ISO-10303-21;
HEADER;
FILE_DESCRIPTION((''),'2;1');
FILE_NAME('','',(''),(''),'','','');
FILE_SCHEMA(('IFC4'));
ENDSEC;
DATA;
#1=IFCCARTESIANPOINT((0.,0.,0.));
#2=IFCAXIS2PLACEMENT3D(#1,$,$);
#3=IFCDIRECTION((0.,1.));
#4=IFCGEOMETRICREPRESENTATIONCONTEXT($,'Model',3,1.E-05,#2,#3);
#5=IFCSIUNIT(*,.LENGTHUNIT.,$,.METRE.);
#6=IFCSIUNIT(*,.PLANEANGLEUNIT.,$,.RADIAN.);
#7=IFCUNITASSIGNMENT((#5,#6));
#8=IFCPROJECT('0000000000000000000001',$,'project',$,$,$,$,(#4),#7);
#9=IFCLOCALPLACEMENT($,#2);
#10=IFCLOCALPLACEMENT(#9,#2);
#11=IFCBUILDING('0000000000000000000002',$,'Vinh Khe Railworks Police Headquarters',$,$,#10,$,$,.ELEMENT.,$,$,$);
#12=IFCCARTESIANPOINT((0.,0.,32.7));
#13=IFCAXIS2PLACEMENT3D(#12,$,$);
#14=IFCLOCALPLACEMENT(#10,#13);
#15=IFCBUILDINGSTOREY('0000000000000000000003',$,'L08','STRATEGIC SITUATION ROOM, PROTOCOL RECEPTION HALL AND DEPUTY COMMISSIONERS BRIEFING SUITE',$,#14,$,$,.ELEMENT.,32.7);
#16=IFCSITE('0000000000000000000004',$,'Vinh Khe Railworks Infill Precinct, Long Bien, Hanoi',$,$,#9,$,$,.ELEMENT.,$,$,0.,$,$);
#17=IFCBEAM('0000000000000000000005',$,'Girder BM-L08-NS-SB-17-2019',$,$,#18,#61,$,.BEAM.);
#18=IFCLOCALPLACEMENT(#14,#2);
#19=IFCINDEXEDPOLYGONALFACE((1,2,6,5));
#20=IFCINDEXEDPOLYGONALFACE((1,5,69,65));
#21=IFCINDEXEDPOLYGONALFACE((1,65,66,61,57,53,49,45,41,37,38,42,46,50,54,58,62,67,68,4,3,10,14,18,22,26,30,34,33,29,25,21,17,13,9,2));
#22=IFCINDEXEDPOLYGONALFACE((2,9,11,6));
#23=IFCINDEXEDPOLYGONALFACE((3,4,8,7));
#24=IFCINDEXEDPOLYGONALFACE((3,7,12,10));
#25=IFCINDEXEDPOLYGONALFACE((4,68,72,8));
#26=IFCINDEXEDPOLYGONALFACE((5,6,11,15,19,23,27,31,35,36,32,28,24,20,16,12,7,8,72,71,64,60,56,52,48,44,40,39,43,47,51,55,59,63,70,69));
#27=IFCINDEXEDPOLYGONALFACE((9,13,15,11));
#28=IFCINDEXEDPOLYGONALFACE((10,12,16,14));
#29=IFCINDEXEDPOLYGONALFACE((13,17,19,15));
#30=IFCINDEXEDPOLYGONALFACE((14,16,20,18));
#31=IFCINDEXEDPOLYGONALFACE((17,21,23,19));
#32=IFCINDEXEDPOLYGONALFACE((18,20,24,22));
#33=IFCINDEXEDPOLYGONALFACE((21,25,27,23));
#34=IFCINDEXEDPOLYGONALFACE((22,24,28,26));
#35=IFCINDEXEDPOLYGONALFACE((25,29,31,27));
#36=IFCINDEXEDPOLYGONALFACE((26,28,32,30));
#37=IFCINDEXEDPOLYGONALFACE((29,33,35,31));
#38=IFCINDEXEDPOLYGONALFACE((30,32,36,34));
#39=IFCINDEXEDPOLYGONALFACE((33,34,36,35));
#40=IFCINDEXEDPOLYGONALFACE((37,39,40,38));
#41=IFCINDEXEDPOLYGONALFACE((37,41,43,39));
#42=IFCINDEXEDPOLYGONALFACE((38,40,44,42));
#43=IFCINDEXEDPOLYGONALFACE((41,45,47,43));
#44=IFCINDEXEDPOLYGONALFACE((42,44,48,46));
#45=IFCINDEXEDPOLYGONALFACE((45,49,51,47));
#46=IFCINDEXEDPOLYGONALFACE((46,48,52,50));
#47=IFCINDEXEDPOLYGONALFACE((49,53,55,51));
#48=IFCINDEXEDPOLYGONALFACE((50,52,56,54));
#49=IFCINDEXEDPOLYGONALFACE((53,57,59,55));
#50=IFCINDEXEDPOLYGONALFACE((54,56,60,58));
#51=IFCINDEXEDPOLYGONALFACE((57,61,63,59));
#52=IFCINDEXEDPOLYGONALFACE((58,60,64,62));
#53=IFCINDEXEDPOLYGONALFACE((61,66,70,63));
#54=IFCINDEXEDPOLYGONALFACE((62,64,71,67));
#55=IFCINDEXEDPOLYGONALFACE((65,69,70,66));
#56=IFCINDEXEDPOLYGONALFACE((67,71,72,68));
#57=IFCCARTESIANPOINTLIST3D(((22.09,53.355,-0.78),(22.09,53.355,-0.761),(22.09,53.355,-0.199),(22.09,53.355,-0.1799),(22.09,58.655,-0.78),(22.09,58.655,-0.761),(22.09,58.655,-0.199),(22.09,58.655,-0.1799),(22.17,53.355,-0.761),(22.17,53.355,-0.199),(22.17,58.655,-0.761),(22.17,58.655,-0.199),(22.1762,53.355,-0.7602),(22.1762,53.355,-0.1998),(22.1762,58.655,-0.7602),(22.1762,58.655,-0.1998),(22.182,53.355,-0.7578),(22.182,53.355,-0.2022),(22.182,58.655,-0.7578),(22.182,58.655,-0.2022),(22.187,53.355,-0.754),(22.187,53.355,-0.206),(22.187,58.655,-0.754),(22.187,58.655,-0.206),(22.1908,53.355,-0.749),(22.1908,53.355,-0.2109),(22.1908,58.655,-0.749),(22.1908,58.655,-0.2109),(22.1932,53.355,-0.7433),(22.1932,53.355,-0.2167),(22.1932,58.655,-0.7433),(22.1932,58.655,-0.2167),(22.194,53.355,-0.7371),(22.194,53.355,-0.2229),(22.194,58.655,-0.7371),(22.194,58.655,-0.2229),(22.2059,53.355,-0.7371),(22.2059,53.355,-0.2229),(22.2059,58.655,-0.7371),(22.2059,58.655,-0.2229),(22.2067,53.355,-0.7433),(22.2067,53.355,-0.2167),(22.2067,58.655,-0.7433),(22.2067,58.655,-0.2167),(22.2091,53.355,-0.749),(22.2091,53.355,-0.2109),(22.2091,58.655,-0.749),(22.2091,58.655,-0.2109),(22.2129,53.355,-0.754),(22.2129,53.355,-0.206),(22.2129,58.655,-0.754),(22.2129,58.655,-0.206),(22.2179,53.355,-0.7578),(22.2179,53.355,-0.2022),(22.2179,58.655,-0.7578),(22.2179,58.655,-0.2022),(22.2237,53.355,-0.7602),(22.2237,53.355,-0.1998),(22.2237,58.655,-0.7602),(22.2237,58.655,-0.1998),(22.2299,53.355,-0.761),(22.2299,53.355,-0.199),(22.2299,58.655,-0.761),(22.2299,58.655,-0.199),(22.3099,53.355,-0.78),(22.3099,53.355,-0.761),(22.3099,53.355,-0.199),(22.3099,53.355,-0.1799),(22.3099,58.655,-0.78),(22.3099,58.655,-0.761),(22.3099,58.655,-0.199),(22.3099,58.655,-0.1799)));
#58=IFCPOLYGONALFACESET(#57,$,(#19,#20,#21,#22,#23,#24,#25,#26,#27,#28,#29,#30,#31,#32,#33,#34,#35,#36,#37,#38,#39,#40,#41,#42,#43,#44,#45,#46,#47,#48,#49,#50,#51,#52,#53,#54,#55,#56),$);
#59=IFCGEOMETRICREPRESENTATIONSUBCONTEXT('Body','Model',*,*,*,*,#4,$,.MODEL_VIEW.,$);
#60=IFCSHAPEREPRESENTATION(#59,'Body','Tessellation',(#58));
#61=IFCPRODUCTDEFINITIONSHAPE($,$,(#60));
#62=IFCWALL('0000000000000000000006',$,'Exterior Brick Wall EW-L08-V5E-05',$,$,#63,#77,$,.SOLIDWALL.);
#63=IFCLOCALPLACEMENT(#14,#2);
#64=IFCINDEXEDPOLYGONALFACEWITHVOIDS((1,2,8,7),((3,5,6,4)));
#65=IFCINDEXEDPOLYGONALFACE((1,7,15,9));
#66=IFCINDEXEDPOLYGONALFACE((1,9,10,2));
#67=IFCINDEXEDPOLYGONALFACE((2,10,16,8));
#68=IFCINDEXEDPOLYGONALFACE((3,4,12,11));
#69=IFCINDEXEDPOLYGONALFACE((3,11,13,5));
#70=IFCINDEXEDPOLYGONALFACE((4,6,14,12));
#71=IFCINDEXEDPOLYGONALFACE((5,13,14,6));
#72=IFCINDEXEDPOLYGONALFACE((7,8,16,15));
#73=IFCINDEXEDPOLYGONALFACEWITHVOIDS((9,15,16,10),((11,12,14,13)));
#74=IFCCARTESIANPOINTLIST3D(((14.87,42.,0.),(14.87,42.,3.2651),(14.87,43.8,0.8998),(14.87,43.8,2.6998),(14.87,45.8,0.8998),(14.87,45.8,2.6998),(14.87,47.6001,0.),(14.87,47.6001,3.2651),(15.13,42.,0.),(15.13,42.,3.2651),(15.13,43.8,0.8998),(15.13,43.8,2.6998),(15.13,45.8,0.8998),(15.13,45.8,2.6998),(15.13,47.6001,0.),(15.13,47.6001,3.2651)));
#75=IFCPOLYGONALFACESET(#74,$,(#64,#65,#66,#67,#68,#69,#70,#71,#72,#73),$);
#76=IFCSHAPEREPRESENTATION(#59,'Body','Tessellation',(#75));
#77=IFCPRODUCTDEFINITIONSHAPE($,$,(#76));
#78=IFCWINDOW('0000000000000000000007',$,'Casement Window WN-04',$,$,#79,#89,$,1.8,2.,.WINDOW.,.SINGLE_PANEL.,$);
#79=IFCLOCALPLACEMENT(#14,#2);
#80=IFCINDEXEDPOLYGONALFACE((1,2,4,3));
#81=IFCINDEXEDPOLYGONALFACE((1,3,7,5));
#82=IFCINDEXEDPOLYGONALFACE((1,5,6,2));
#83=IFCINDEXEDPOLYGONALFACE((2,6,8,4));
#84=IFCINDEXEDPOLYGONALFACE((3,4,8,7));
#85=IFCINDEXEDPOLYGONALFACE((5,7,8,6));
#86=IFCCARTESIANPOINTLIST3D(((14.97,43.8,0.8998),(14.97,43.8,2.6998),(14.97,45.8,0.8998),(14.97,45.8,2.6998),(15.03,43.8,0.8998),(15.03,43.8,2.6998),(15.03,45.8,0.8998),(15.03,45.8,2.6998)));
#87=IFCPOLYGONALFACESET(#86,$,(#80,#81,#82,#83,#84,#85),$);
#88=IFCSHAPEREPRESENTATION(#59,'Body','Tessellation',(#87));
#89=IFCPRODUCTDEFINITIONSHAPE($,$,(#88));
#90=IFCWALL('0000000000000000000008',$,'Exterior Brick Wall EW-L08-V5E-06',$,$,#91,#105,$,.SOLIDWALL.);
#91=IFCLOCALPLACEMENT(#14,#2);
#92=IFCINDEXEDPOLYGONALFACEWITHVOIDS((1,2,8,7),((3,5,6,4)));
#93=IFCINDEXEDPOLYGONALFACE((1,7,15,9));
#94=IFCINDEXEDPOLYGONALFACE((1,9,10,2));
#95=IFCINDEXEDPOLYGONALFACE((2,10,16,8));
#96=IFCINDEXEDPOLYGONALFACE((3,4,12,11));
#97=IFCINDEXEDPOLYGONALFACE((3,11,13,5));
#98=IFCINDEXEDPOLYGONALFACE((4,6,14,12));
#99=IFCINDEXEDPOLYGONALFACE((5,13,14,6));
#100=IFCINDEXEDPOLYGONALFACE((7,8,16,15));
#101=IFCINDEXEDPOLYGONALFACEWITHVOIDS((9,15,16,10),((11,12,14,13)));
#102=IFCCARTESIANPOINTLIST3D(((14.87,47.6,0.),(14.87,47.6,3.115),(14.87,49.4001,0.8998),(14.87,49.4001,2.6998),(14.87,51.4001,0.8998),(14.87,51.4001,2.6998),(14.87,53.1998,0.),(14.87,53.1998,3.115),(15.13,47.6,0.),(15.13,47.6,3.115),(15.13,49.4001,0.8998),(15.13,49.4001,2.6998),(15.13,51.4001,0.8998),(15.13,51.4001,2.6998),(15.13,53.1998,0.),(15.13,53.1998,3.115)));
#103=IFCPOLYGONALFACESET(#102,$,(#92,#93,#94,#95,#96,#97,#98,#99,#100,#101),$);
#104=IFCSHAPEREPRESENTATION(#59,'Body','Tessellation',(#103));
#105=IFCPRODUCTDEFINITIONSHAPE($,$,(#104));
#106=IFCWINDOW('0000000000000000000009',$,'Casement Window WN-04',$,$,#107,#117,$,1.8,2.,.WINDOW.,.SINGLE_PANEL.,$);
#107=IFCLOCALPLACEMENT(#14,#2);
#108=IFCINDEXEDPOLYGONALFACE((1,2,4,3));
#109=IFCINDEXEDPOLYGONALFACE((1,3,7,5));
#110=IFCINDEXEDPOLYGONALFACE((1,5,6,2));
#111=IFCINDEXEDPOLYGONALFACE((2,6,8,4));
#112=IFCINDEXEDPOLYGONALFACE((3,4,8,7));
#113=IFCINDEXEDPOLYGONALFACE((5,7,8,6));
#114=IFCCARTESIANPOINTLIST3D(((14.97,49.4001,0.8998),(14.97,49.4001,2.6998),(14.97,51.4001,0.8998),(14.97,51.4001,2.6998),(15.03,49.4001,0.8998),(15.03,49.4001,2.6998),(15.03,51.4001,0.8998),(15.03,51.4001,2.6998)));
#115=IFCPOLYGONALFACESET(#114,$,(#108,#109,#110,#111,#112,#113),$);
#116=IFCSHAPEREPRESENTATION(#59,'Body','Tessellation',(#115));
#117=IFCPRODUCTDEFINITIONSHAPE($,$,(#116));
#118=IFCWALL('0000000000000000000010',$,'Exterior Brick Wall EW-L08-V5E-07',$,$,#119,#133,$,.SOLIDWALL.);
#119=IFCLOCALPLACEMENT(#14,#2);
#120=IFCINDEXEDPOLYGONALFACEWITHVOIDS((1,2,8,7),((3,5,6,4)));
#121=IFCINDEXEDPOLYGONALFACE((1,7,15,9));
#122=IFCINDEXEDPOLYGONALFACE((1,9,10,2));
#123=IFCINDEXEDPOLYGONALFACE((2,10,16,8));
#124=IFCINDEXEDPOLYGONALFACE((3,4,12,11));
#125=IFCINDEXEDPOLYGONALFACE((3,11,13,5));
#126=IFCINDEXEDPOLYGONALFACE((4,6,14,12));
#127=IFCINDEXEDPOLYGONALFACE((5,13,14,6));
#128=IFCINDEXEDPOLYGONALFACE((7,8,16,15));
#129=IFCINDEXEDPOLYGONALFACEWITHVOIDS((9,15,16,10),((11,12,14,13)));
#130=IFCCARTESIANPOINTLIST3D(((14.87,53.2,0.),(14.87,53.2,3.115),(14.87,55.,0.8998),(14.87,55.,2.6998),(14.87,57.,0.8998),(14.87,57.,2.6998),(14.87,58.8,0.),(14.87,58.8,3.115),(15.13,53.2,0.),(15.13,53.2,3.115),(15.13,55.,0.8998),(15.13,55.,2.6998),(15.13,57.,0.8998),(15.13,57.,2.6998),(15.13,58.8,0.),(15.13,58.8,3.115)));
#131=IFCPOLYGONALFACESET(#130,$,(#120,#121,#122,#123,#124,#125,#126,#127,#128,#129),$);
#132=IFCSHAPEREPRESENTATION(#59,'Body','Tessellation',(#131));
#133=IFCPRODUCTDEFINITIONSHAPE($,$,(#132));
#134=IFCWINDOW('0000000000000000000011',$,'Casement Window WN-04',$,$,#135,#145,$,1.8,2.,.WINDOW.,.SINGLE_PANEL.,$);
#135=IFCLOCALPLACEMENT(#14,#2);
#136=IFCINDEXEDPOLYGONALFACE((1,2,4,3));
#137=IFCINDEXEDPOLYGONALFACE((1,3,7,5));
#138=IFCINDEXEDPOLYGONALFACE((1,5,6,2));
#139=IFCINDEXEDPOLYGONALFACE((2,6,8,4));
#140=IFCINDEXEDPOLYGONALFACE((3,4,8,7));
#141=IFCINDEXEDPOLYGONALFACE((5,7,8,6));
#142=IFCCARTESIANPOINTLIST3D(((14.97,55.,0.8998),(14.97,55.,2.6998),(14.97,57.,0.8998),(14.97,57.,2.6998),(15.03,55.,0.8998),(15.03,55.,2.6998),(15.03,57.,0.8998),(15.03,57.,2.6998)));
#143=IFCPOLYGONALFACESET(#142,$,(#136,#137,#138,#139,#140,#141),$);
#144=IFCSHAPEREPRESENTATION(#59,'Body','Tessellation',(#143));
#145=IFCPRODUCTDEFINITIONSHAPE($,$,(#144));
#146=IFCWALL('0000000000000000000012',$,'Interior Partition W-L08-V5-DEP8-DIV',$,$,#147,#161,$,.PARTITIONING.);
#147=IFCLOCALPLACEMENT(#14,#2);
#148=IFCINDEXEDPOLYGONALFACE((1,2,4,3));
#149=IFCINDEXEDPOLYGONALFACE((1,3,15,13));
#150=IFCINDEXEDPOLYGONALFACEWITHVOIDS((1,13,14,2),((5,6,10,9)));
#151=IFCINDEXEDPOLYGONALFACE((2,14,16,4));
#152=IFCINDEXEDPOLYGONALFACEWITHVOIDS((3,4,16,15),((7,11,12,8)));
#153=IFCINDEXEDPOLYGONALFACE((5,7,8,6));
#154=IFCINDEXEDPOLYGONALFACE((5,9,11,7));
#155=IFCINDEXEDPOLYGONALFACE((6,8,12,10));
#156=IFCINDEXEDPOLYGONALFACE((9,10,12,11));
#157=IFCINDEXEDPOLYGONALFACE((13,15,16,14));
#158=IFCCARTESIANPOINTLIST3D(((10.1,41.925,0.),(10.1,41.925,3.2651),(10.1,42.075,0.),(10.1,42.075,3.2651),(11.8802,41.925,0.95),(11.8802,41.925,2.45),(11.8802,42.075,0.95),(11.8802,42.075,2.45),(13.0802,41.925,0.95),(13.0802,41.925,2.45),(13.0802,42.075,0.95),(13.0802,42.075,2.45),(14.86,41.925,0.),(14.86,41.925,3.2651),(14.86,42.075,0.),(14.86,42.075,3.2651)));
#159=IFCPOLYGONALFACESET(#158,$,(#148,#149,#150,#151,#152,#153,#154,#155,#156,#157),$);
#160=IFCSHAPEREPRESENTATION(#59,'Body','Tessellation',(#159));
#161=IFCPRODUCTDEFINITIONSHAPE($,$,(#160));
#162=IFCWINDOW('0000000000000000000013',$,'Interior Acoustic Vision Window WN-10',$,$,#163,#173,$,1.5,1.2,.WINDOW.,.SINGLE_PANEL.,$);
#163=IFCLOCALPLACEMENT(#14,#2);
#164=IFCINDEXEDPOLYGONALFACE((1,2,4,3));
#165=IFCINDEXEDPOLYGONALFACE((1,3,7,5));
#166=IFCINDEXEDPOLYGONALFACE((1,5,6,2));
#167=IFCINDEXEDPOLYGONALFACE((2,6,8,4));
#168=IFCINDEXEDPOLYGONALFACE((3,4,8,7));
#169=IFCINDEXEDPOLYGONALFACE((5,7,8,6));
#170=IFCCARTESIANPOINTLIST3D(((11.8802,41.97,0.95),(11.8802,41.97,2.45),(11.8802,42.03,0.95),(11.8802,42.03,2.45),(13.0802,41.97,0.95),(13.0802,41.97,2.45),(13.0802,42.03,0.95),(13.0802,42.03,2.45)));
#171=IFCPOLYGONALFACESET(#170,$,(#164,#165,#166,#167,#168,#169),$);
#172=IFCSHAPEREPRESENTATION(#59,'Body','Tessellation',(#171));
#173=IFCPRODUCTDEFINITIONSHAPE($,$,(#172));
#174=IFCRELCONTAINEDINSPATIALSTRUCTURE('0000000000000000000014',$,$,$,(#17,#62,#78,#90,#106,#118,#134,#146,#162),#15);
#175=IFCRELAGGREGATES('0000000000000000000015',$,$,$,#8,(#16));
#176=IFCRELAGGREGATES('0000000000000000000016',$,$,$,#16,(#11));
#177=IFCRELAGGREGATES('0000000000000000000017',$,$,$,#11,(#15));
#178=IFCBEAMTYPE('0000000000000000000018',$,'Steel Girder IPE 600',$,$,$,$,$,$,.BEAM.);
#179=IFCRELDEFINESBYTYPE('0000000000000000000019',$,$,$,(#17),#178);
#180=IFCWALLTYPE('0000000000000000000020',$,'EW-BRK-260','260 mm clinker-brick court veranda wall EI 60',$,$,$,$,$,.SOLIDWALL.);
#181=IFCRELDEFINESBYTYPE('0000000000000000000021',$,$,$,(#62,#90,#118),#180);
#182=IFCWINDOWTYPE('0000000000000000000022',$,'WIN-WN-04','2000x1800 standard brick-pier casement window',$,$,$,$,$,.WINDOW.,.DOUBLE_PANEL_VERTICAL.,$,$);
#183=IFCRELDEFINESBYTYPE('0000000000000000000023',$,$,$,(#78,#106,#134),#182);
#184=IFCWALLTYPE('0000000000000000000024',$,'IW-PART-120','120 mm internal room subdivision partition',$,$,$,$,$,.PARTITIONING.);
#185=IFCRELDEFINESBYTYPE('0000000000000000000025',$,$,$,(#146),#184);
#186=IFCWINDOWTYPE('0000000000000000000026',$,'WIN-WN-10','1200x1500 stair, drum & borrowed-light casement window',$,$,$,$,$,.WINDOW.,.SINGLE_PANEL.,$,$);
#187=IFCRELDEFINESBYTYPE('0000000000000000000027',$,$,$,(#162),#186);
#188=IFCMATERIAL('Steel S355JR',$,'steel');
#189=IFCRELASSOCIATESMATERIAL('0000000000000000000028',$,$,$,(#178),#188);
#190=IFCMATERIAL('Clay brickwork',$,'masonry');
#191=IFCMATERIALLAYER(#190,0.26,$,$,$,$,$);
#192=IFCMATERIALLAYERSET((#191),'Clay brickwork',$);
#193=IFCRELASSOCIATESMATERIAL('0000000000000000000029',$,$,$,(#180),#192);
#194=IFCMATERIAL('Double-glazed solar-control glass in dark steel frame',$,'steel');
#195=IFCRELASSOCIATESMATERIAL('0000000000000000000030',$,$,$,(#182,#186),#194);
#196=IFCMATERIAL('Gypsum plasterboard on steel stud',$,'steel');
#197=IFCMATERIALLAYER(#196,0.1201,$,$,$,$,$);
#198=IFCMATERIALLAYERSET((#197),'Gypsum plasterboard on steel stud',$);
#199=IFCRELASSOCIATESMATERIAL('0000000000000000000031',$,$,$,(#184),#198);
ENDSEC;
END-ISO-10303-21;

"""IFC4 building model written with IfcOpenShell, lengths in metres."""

from ifc_helpers import new_model, si_unit, direction, frame, frame_2d, origin, origin_2d, place, context, subcontext, project, spatial, rectangle, i_section, extrude, material, layer, layer_set, material_profile, profile_set, type_object, element, fill, save


model = new_model("IFC4")

# Units and contexts
model_context = context("Model", 3, precision=1e-05, world=origin(), true_north=direction((0.0, 1.0)))
body_context = subcontext(model_context, "Body", "Model", "MODEL_VIEW")
ifc_project = project(units=[si_unit("LENGTHUNIT", "METRE"), si_unit("PLANEANGLEUNIT", "RADIAN")], contexts=[model_context])

# Site, building, storey
site_placement = place(None, origin())
site = spatial("IfcSite", under=ifc_project, at=site_placement, Name="Vinh Khe Railworks Infill Precinct, Long Bien, Hanoi", CompositionType="ELEMENT", RefElevation=0.0)
building_placement = place(site_placement, origin())
building = spatial("IfcBuilding", under=site, at=building_placement, Name="Vinh Khe Railworks Police Headquarters", CompositionType="ELEMENT")
storey_placement = place(building_placement, frame((0.0, 0.0, 32.7)))
storey = spatial("IfcBuildingStorey", under=building, at=storey_placement, Name="L08", Description="STRATEGIC SITUATION ROOM, PROTOCOL RECEPTION HALL AND DEPUTY COMMISSIONERS BRIEFING SUITE", CompositionType="ELEMENT", Elevation=32.7)

# Shared definitions
ifc_material_1 = material(Name="Steel S355JR", Category="steel")

# Beam
ifc_material_profile_1 = material_profile(ifc_material_1, i_section(OverallWidth=0.22, OverallDepth=0.6001, WebThickness=0.012, FlangeThickness=0.019, FilletRadius=0.0239, at=origin_2d()), Name="IPE 600")
ifc_profile_set_1 = profile_set([ifc_material_profile_1], Name="Steel S355JR")
beam_type_1 = type_object("IfcBeamType", Name="Steel Girder IPE 600", PredefinedType="BEAM", material=ifc_profile_set_1)
beam_1_placement = place(storey_placement, frame((22.2, 53.355, -0.48), z_axis=(0.0, 1.0, 0.0), x_axis=(-1.0, 0.0, 0.0)))
element("IfcBeam", 1, at=beam_1_placement, inside=storey, type_object=beam_type_1, Name="Girder BM-L08-NS-SB-17-2019", PredefinedType="BEAM", context=body_context, shape_type="SweptSolid", body=[
    extrude(i_section(OverallWidth=0.22, OverallDepth=0.6001, WebThickness=0.012, FlangeThickness=0.019, FilletRadius=0.0239, at=origin_2d()), origin(), (0.0, 0.0, 1.0), 5.3),
])

# Walls, openings, windows
ifc_material_2 = material(Name="Clay brickwork", Category="masonry")
ifc_layer_1 = layer(ifc_material_2, 0.26)
ifc_layer_set_1 = layer_set([ifc_layer_1], Name="Clay brickwork")
wall_type_1 = type_object("IfcWallType", Name="EW-BRK-260", Description="260 mm clinker-brick court veranda wall EI 60", PredefinedType="SOLIDWALL", material=ifc_layer_set_1)
wall_1_placement = place(storey_placement, frame((15.0, 42.0, 0.0), z_axis=(0.0, 0.0, 1.0), x_axis=(0.0, 1.0, 0.0)))
wall_1 = element("IfcWall", 2, at=wall_1_placement, inside=storey, type_object=wall_type_1, Name="Exterior Brick Wall EW-L08-V5E-05", PredefinedType="SOLIDWALL", context=body_context, shape_type="SweptSolid", body=[
    extrude(rectangle(XDim=5.6001, YDim=0.26, at=frame_2d((2.8, 0.0))), origin(), (0.0, 0.0, 1.0), 3.2651),
])
opening_1_placement = place(wall_1_placement, frame((1.8, 0.0, 0.8999)))
opening_1 = element("IfcOpeningElement", 3, at=opening_1_placement, cuts=wall_1, PredefinedType="OPENING", context=body_context, shape_type="SweptSolid", body=[
    extrude(rectangle(XDim=2.0, YDim=1.8, at=frame_2d((1.0, 0.8999))), frame((0.0, 0.145, 0.0), z_axis=(0.0, -1.0, 0.0), x_axis=(1.0, 0.0, 0.0)), (0.0, 0.0, 1.0), 0.2898),
])
ifc_material_3 = material(Name="Double-glazed solar-control glass in dark steel frame", Category="steel")
window_type_1 = type_object("IfcWindowType", Name="WIN-WN-04", Description="2000x1800 standard brick-pier casement window", PartitioningType="DOUBLE_PANEL_VERTICAL", PredefinedType="WINDOW", material=ifc_material_3)
window_1_placement = place(opening_1_placement, origin())
window_1 = element("IfcWindow", 4, at=window_1_placement, inside=storey, type_object=window_type_1, Name="Casement Window WN-04", OverallHeight=1.8, OverallWidth=2.0, PartitioningType="SINGLE_PANEL", PredefinedType="WINDOW", context=body_context, shape_type="SweptSolid", body=[
    extrude(rectangle(XDim=2.0, YDim=1.8, at=frame_2d((1.0, 0.8999))), frame((0.0, 0.03, 0.0), z_axis=(0.0, -1.0, 0.0), x_axis=(1.0, 0.0, 0.0)), (0.0, 0.0, 1.0), 0.0601),
])
fill(opening_1, window_1)
wall_2_placement = place(storey_placement, frame((15.0, 47.6001, 0.0), z_axis=(0.0, 0.0, 1.0), x_axis=(0.0, 1.0, 0.0)))
wall_2 = element("IfcWall", 5, at=wall_2_placement, inside=storey, type_object=wall_type_1, Name="Exterior Brick Wall EW-L08-V5E-06", PredefinedType="SOLIDWALL", context=body_context, shape_type="SweptSolid", body=[
    extrude(rectangle(XDim=5.5999, YDim=0.26, at=frame_2d((2.7998, 0.0))), origin(), (0.0, 0.0, 1.0), 3.115),
])
opening_2_placement = place(wall_2_placement, frame((1.8, 0.0, 0.8999)))
opening_2 = element("IfcOpeningElement", 6, at=opening_2_placement, cuts=wall_2, PredefinedType="OPENING", context=body_context, shape_type="SweptSolid", body=[
    extrude(rectangle(XDim=2.0, YDim=1.8, at=frame_2d((1.0, 0.8999))), frame((0.0, 0.145, 0.0), z_axis=(0.0, -1.0, 0.0), x_axis=(1.0, 0.0, 0.0)), (0.0, 0.0, 1.0), 0.2898),
])
window_2_placement = place(opening_2_placement, origin())
window_2 = element("IfcWindow", 7, at=window_2_placement, inside=storey, type_object=window_type_1, Name="Casement Window WN-04", OverallHeight=1.8, OverallWidth=2.0, PartitioningType="SINGLE_PANEL", PredefinedType="WINDOW", context=body_context, shape_type="SweptSolid", body=[
    extrude(rectangle(XDim=2.0, YDim=1.8, at=frame_2d((1.0, 0.8999))), frame((0.0, 0.03, 0.0), z_axis=(0.0, -1.0, 0.0), x_axis=(1.0, 0.0, 0.0)), (0.0, 0.0, 1.0), 0.0601),
])
fill(opening_2, window_2)
wall_3_placement = place(storey_placement, frame((15.0, 53.2, 0.0), z_axis=(0.0, 0.0, 1.0), x_axis=(0.0, 1.0, 0.0)))
wall_3 = element("IfcWall", 8, at=wall_3_placement, inside=storey, type_object=wall_type_1, Name="Exterior Brick Wall EW-L08-V5E-07", PredefinedType="SOLIDWALL", context=body_context, shape_type="SweptSolid", body=[
    extrude(rectangle(XDim=5.6001, YDim=0.26, at=frame_2d((2.8, 0.0))), origin(), (0.0, 0.0, 1.0), 3.115),
])
opening_3_placement = place(wall_3_placement, frame((1.8, 0.0, 0.8999)))
opening_3 = element("IfcOpeningElement", 9, at=opening_3_placement, cuts=wall_3, PredefinedType="OPENING", context=body_context, shape_type="SweptSolid", body=[
    extrude(rectangle(XDim=2.0, YDim=1.8, at=frame_2d((1.0, 0.8999))), frame((0.0, 0.145, 0.0), z_axis=(0.0, -1.0, 0.0), x_axis=(1.0, 0.0, 0.0)), (0.0, 0.0, 1.0), 0.2898),
])
window_3_placement = place(opening_3_placement, origin())
window_3 = element("IfcWindow", 10, at=window_3_placement, inside=storey, type_object=window_type_1, Name="Casement Window WN-04", OverallHeight=1.8, OverallWidth=2.0, PartitioningType="SINGLE_PANEL", PredefinedType="WINDOW", context=body_context, shape_type="SweptSolid", body=[
    extrude(rectangle(XDim=2.0, YDim=1.8, at=frame_2d((1.0, 0.8999))), frame((0.0, 0.03, 0.0), z_axis=(0.0, -1.0, 0.0), x_axis=(1.0, 0.0, 0.0)), (0.0, 0.0, 1.0), 0.0601),
])
fill(opening_3, window_3)
ifc_material_4 = material(Name="Gypsum plasterboard on steel stud", Category="steel")
ifc_layer_2 = layer(ifc_material_4, 0.1201)
ifc_layer_set_2 = layer_set([ifc_layer_2], Name="Gypsum plasterboard on steel stud")
wall_type_2 = type_object("IfcWallType", Name="IW-PART-120", Description="120 mm internal room subdivision partition", PredefinedType="PARTITIONING", material=ifc_layer_set_2)
wall_4_placement = place(storey_placement, frame((10.1001, 42.0, 0.0), z_axis=(0.0, 0.0, 1.0), x_axis=(1.0, 0.0, 0.0)))
wall_4 = element("IfcWall", 11, at=wall_4_placement, inside=storey, type_object=wall_type_2, Name="Interior Partition W-L08-V5-DEP8-DIV", PredefinedType="PARTITIONING", context=body_context, shape_type="SweptSolid", body=[
    extrude(rectangle(XDim=4.76, YDim=0.1499, at=frame_2d((2.3799, 0.0))), origin(), (0.0, 0.0, 1.0), 3.2651),
])
opening_4_placement = place(wall_4_placement, frame((1.78, 0.0, 0.95)))
opening_4 = element("IfcOpeningElement", 12, at=opening_4_placement, cuts=wall_4, PredefinedType="OPENING", context=body_context, shape_type="SweptSolid", body=[
    extrude(rectangle(XDim=1.2, YDim=1.5, at=frame_2d((0.6001, 0.75))), frame((0.0, 0.0898, 0.0), z_axis=(0.0, -1.0, 0.0), x_axis=(1.0, 0.0, 0.0)), (0.0, 0.0, 1.0), 0.1797),
])
window_type_2 = type_object("IfcWindowType", Name="WIN-WN-10", Description="1200x1500 stair, drum & borrowed-light casement window", PartitioningType="SINGLE_PANEL", PredefinedType="WINDOW", material=ifc_material_3)
window_4_placement = place(opening_4_placement, origin())
window_4 = element("IfcWindow", 13, at=window_4_placement, inside=storey, type_object=window_type_2, Name="Interior Acoustic Vision Window WN-10", OverallHeight=1.5, OverallWidth=1.2, PartitioningType="SINGLE_PANEL", PredefinedType="WINDOW", context=body_context, shape_type="SweptSolid", body=[
    extrude(rectangle(XDim=1.2, YDim=1.5, at=frame_2d((0.6001, 0.75))), frame((0.0, 0.03, 0.0), z_axis=(0.0, -1.0, 0.0), x_axis=(1.0, 0.0, 0.0)), (0.0, 0.0, 1.0), 0.0601),
])
fill(opening_4, window_4)

save(model, "model.ifc")
